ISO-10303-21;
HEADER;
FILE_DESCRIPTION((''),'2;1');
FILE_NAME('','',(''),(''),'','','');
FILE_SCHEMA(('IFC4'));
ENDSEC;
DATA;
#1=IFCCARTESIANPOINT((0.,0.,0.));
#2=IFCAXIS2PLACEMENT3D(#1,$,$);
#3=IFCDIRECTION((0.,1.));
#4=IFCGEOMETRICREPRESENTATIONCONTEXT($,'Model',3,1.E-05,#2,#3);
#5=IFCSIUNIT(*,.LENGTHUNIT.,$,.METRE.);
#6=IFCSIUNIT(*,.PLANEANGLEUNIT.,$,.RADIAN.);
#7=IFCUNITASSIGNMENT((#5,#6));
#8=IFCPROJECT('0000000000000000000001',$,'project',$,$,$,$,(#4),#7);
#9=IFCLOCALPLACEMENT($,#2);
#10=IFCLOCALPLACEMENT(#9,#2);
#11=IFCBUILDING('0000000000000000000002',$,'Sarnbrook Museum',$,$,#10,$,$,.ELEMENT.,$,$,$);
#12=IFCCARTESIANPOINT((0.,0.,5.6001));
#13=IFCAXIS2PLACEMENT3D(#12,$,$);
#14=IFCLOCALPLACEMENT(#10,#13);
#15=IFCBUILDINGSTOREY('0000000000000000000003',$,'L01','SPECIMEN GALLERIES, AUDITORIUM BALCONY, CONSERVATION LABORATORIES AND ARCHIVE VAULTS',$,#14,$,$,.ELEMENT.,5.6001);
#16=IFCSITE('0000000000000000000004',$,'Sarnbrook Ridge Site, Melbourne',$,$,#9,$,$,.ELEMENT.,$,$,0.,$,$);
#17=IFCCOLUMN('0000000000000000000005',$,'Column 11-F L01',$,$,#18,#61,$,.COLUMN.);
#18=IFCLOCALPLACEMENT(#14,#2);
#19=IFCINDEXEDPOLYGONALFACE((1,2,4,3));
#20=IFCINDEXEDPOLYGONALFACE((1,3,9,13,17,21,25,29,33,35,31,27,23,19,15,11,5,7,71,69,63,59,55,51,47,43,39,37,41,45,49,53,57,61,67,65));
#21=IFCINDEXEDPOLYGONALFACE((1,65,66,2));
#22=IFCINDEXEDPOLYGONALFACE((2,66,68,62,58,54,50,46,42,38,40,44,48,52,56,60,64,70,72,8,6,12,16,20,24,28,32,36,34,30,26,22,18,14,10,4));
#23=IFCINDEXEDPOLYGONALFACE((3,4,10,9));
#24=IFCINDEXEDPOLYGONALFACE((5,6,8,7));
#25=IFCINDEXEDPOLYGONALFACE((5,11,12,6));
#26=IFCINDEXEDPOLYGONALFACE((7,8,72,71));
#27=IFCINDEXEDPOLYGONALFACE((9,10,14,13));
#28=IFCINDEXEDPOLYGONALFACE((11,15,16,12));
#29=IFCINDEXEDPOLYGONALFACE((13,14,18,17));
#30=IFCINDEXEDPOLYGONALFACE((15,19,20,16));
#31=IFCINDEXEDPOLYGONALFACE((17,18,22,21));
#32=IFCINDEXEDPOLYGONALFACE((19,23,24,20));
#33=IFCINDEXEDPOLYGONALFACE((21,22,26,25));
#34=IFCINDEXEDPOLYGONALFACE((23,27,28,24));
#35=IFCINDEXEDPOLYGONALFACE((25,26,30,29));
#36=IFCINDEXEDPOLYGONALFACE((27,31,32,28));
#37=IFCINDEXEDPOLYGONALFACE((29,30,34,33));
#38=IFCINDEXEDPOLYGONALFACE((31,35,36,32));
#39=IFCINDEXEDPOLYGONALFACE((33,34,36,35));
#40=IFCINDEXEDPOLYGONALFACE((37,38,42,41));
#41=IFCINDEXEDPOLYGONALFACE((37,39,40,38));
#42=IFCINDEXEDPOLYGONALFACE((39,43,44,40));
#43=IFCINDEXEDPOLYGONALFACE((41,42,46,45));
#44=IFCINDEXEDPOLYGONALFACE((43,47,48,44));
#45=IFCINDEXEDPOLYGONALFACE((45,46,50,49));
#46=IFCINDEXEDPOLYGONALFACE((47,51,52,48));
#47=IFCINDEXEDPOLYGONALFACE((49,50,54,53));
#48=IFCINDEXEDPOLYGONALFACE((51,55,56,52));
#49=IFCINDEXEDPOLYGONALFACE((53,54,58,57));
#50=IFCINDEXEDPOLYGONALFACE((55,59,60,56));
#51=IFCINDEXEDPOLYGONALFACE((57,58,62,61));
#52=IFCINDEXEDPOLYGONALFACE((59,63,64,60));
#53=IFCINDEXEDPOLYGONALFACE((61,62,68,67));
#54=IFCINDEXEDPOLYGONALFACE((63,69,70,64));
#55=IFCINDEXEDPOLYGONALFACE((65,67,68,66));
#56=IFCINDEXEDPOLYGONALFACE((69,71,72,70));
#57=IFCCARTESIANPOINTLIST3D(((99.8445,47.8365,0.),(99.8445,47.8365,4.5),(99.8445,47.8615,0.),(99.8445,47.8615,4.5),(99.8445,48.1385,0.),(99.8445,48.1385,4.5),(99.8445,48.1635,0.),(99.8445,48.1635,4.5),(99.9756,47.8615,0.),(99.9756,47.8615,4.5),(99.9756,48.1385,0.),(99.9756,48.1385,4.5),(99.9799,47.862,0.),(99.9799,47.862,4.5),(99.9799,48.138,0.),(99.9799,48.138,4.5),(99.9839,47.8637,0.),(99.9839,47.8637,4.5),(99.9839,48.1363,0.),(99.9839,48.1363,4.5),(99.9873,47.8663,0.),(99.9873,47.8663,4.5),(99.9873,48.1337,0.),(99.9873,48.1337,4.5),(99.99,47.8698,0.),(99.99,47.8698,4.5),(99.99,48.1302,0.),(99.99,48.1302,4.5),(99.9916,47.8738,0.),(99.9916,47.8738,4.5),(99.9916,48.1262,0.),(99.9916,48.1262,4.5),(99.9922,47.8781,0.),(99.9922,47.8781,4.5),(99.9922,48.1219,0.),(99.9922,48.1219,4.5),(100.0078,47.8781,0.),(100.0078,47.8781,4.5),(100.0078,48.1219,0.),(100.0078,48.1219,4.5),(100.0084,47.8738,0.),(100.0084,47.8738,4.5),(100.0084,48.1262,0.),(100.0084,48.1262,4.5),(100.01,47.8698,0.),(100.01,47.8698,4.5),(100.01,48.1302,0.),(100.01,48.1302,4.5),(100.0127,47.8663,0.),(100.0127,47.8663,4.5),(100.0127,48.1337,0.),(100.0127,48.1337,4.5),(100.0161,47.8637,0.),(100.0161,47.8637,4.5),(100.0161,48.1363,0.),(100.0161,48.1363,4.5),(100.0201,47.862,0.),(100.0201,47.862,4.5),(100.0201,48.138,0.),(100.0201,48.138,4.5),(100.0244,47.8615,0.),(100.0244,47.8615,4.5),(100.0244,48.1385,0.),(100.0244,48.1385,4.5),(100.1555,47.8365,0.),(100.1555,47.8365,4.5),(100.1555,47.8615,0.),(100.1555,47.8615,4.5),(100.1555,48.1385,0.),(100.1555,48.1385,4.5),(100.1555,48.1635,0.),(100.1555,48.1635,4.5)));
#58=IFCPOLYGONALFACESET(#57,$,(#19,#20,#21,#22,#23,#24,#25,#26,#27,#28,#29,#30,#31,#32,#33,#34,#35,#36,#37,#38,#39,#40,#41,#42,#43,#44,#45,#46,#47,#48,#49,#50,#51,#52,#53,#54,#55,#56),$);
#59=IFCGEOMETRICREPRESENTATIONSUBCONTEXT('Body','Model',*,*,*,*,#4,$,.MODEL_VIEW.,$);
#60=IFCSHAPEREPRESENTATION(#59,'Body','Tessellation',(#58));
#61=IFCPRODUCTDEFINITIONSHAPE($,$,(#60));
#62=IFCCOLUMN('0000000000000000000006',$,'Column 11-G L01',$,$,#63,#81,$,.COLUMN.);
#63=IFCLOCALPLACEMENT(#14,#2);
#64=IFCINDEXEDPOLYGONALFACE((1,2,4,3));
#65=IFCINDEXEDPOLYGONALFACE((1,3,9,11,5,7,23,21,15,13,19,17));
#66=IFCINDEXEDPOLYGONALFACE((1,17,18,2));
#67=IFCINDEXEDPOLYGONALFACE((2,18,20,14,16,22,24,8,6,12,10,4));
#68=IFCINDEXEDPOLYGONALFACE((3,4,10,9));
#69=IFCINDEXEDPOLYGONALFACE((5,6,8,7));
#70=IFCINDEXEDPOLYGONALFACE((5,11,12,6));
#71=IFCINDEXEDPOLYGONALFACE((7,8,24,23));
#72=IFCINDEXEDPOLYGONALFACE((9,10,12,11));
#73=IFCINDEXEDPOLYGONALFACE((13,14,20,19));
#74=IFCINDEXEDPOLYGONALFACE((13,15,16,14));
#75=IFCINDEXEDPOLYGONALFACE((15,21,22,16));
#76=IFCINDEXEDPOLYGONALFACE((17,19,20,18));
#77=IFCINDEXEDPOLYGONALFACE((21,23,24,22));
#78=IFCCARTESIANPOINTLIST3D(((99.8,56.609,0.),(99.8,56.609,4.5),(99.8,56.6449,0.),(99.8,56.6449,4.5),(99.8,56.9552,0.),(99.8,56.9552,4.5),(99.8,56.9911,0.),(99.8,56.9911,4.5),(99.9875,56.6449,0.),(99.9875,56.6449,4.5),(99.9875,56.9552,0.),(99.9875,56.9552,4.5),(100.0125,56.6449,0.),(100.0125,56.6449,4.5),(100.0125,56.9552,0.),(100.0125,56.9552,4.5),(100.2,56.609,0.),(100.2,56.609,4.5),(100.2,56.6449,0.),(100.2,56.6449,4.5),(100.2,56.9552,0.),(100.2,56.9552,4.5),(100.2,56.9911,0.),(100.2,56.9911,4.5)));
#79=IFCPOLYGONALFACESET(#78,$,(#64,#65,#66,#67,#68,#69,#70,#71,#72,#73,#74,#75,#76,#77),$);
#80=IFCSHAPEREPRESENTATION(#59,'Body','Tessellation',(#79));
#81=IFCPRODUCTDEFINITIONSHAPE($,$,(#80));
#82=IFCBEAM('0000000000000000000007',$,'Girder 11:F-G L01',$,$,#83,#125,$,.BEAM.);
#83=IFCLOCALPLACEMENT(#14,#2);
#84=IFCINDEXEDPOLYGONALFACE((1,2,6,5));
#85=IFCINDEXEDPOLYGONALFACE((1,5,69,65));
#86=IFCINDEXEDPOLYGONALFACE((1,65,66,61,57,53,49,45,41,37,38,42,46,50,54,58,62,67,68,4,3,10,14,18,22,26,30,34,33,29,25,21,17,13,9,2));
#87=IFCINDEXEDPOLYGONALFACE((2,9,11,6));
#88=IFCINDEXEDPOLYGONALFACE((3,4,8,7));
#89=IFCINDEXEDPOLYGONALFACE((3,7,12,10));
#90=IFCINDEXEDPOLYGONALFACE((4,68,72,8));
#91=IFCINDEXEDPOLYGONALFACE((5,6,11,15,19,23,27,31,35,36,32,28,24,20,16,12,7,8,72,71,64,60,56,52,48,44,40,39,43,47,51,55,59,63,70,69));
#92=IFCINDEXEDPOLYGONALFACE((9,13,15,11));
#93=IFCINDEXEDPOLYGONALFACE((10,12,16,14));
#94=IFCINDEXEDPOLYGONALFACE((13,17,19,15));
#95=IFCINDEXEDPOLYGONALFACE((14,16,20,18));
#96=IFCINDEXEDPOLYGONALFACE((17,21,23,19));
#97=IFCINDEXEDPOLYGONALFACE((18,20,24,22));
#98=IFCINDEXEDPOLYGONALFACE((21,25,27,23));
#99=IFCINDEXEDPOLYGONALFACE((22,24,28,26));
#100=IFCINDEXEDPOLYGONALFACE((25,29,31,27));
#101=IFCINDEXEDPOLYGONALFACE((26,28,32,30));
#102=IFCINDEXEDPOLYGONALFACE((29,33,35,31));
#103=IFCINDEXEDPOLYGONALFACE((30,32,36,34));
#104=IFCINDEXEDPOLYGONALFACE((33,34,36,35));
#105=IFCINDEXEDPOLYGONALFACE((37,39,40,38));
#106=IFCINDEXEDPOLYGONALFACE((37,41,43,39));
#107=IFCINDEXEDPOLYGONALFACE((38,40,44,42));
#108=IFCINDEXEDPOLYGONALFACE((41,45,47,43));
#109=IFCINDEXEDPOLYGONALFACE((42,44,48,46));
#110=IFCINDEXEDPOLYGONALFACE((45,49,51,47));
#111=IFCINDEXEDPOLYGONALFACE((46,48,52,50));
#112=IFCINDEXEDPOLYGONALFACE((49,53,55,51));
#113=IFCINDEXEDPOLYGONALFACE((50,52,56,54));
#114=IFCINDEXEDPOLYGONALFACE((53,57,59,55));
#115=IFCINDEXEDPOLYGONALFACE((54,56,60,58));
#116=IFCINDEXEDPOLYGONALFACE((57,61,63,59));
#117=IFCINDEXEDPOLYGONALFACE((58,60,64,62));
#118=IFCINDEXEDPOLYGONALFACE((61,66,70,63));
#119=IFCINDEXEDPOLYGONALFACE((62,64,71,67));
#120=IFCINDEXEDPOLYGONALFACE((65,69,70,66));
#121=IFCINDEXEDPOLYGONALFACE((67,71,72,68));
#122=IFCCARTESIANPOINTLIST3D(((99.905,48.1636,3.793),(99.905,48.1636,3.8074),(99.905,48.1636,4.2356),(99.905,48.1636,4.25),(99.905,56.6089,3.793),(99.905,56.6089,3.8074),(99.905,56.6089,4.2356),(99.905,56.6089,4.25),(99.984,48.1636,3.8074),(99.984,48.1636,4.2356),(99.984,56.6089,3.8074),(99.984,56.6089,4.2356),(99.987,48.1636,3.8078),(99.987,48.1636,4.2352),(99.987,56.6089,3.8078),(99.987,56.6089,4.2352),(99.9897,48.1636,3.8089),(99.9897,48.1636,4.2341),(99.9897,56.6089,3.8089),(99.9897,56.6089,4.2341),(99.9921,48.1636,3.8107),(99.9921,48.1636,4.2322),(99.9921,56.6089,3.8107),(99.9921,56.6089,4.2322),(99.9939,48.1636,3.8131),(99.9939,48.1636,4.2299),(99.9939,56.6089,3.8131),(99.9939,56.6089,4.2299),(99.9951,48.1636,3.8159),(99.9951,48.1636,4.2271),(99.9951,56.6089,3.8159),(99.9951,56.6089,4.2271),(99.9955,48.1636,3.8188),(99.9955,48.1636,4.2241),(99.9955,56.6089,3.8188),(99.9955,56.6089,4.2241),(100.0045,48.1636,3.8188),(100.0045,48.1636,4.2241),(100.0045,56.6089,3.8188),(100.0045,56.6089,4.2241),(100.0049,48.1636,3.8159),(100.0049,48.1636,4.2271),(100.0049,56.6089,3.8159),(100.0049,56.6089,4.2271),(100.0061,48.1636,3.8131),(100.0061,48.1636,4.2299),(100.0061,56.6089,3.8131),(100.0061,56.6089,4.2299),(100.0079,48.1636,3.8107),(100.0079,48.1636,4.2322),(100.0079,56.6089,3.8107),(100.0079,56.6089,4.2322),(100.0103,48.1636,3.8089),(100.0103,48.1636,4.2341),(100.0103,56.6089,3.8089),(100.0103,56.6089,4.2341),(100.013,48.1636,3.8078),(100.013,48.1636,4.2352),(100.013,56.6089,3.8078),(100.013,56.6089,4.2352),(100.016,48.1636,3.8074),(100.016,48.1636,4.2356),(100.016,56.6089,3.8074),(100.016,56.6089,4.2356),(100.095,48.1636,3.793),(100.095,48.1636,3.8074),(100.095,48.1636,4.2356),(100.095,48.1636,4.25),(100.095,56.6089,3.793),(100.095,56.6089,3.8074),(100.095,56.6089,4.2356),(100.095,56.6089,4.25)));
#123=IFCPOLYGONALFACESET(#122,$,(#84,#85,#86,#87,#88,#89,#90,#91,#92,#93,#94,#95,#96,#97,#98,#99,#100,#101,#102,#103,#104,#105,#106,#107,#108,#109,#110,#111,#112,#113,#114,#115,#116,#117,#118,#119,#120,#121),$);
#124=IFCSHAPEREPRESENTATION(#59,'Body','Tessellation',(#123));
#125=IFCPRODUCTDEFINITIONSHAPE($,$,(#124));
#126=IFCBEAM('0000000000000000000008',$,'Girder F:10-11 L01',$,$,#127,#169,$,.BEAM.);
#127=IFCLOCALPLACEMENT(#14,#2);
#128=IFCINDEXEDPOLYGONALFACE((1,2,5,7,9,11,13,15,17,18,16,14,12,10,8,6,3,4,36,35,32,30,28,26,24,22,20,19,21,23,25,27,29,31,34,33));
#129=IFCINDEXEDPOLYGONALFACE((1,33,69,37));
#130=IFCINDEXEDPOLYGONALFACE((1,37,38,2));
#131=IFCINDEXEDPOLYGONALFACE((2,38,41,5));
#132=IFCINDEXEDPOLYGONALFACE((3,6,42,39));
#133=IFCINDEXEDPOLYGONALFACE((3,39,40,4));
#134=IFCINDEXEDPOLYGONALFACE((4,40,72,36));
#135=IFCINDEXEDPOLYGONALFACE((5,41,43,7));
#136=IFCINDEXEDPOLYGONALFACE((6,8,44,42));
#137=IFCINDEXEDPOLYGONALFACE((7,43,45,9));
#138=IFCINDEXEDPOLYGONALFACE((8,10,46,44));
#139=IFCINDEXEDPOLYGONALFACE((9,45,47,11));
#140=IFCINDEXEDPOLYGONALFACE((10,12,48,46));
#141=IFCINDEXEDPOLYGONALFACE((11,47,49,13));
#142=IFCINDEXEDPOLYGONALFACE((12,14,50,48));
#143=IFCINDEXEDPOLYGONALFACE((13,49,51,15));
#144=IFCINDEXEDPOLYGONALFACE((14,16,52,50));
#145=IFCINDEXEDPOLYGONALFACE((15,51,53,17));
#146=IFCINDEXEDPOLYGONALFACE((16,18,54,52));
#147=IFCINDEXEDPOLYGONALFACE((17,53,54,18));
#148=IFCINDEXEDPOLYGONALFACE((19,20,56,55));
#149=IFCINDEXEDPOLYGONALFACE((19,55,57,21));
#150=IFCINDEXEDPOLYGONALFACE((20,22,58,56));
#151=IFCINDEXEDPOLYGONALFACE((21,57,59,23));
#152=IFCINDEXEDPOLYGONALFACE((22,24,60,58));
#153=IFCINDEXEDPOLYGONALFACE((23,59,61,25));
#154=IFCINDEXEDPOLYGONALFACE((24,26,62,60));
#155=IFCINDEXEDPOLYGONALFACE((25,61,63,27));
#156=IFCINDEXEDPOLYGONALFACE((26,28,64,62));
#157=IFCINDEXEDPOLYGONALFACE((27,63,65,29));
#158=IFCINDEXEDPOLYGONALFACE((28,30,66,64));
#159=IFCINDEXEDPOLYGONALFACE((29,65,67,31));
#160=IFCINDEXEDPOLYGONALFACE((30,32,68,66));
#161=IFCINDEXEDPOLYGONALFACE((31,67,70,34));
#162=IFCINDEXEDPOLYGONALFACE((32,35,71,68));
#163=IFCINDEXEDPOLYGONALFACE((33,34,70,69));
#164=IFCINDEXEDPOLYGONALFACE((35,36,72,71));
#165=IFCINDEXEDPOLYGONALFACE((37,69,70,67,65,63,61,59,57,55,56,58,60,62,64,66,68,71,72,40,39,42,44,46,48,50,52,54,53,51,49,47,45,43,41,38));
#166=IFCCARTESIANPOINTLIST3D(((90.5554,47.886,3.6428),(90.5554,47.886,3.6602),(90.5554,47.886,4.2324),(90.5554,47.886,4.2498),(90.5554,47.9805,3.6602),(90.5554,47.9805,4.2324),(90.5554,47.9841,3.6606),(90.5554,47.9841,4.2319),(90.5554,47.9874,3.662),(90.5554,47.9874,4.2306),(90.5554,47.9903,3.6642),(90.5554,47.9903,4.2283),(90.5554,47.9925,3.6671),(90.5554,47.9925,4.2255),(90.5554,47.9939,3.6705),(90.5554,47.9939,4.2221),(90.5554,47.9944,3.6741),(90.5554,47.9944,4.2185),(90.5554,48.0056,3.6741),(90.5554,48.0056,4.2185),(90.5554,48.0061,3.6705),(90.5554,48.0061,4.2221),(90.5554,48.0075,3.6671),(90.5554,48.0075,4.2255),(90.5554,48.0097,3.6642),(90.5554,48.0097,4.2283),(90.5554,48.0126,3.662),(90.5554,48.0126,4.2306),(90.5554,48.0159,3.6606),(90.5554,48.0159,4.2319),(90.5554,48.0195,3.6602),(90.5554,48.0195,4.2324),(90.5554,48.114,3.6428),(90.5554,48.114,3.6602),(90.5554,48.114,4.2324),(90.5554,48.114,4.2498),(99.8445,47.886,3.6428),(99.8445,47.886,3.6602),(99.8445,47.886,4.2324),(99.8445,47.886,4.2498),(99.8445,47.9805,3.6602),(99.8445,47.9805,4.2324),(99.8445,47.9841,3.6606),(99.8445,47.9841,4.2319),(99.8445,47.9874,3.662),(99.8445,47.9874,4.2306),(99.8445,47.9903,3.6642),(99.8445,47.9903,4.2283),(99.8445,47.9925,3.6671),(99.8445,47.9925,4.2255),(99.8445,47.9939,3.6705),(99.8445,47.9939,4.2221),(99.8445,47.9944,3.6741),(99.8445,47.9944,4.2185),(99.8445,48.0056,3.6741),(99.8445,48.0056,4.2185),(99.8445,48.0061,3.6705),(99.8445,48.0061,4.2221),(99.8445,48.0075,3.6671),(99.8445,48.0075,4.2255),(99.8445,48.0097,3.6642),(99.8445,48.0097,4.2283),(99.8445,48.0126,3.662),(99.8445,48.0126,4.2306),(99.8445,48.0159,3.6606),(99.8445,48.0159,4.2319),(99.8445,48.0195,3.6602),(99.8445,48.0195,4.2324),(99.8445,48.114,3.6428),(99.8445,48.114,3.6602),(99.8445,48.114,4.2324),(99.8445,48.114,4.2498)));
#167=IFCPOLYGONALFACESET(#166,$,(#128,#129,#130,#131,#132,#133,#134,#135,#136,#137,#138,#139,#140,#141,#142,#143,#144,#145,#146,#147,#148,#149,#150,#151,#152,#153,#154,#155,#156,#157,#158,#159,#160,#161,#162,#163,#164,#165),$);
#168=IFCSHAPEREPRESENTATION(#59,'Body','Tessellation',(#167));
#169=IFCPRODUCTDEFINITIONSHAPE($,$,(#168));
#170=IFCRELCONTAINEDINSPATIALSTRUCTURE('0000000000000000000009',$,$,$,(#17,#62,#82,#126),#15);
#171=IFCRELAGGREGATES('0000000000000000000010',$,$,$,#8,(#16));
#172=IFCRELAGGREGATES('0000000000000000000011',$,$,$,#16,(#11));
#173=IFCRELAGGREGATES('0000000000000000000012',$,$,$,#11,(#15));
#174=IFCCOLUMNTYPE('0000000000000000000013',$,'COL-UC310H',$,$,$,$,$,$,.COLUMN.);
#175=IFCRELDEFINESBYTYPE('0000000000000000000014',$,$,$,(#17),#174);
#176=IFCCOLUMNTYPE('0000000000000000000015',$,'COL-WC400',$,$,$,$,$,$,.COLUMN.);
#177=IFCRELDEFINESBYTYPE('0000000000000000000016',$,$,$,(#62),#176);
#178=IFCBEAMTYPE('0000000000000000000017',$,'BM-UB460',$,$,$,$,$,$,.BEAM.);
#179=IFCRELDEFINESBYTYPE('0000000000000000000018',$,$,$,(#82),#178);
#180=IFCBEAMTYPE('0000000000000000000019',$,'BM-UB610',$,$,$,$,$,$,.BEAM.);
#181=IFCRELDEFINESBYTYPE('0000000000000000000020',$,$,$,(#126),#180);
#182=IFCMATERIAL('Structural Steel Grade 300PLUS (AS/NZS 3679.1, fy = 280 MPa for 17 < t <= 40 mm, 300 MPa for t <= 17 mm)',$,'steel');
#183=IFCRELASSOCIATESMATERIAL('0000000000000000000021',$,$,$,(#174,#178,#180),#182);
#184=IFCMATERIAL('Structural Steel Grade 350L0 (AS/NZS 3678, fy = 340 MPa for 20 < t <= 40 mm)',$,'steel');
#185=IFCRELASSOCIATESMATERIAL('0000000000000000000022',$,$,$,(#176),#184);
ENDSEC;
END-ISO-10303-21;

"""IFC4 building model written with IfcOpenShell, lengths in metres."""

from ifc_helpers import new_model, si_unit, direction, frame, origin, origin_2d, place, context, subcontext, project, spatial, i_section, extrude, material, material_profile, profile_set, type_object, element, save


model = new_model("IFC4")

# Units and contexts
model_context = context("Model", 3, precision=1e-05, world=origin(), true_north=direction((0.0, 1.0)))
body_context = subcontext(model_context, "Body", "Model", "MODEL_VIEW")
ifc_project = project(units=[si_unit("LENGTHUNIT", "METRE"), si_unit("PLANEANGLEUNIT", "RADIAN")], contexts=[model_context])

# Site, building, storey
site_placement = place(None, origin())
site = spatial("IfcSite", under=ifc_project, at=site_placement, Name="Sarnbrook Ridge Site, Melbourne", CompositionType="ELEMENT", RefElevation=0.0)
building_placement = place(site_placement, origin())
building = spatial("IfcBuilding", under=site, at=building_placement, Name="Sarnbrook Museum", CompositionType="ELEMENT")
storey_placement = place(building_placement, frame((0.0, 0.0, 5.6001)))
storey = spatial("IfcBuildingStorey", under=building, at=storey_placement, Name="L01", Description="SPECIMEN GALLERIES, AUDITORIUM BALCONY, CONSERVATION LABORATORIES AND ARCHIVE VAULTS", CompositionType="ELEMENT", Elevation=5.6001)

# Columns
ifc_material_1 = material(Name="Structural Steel Grade 300PLUS (AS/NZS 3679.1, fy = 280 MPa for 17 < t <= 40 mm, 300 MPa for t <= 17 mm)", Category="steel")
ifc_material_profile_1 = material_profile(ifc_material_1, i_section(OverallWidth=0.311, OverallDepth=0.3269, WebThickness=0.0156, FlangeThickness=0.0249, FilletRadius=0.0166, at=origin_2d()), Name="310UC158")
ifc_profile_set_1 = profile_set([ifc_material_profile_1], Name="Structural Steel Grade 300PLUS (AS/NZS 3679.1, fy = 280 MPa for 17 < t <= 40 mm, 300 MPa for t <= 17 mm)")
column_type_1 = type_object("IfcColumnType", Name="COL-UC310H", PredefinedType="COLUMN", material=ifc_profile_set_1)
column_1_placement = place(storey_placement, frame((100.0, 48.0, 0.0), z_axis=(0.0, 0.0, 1.0), x_axis=(1.0, 0.0, 0.0)))
element("IfcColumn", 1, at=column_1_placement, inside=storey, type_object=column_type_1, Name="Column 11-F L01", PredefinedType="COLUMN", context=body_context, shape_type="SweptSolid", body=[
    extrude(i_section(OverallWidth=0.311, OverallDepth=0.3269, WebThickness=0.0156, FlangeThickness=0.0249, FilletRadius=0.0166, at=origin_2d()), origin(), (0.0, 0.0, 1.0), 4.5),
])
ifc_material_2 = material(Name="Structural Steel Grade 350L0 (AS/NZS 3678, fy = 340 MPa for 20 < t <= 40 mm)", Category="steel")
ifc_material_profile_2 = material_profile(ifc_material_2, i_section(OverallWidth=0.3999, OverallDepth=0.3821, WebThickness=0.0249, FlangeThickness=0.0359, at=origin_2d()), Name="400WC270")
ifc_profile_set_2 = profile_set([ifc_material_profile_2], Name="Structural Steel Grade 350L0 (AS/NZS 3678, fy = 340 MPa for 20 < t <= 40 mm)")
column_type_2 = type_object("IfcColumnType", Name="COL-WC400", PredefinedType="COLUMN", material=ifc_profile_set_2)
column_2_placement = place(storey_placement, frame((100.0, 56.8, 0.0), z_axis=(0.0, 0.0, 1.0), x_axis=(1.0, 0.0, 0.0)))
element("IfcColumn", 2, at=column_2_placement, inside=storey, type_object=column_type_2, Name="Column 11-G L01", PredefinedType="COLUMN", context=body_context, shape_type="SweptSolid", body=[
    extrude(i_section(OverallWidth=0.3999, OverallDepth=0.3821, WebThickness=0.0249, FlangeThickness=0.0359, at=origin_2d()), origin(), (0.0, 0.0, 1.0), 4.5),
])

# Beams
ifc_material_profile_3 = material_profile(ifc_material_1, i_section(OverallWidth=0.1899, OverallDepth=0.457, WebThickness=0.009, FlangeThickness=0.0144, FilletRadius=0.0115, at=origin_2d()), Name="460UB74.6")
ifc_profile_set_3 = profile_set([ifc_material_profile_3], Name="Structural Steel Grade 300PLUS (AS/NZS 3679.1, fy = 280 MPa for 17 < t <= 40 mm, 300 MPa for t <= 17 mm)")
beam_type_1 = type_object("IfcBeamType", Name="BM-UB460", PredefinedType="BEAM", material=ifc_profile_set_3)
beam_placement = place(storey_placement, frame((100.0, 48.1636, 4.0215), z_axis=(0.0, 1.0, 0.0), x_axis=(-1.0, 0.0, 0.0)))
element("IfcBeam", 3, at=beam_placement, inside=storey, type_object=beam_type_1, Name="Girder 11:F-G L01", PredefinedType="BEAM", context=body_context, shape_type="SweptSolid", body=[
    extrude(i_section(OverallWidth=0.1899, OverallDepth=0.457, WebThickness=0.009, FlangeThickness=0.0144, FilletRadius=0.0115, at=origin_2d()), origin(), (0.0, 0.0, 1.0), 8.4453),
])
ifc_material_profile_4 = material_profile(ifc_material_1, i_section(OverallWidth=0.228, OverallDepth=0.6069, WebThickness=0.0112, FlangeThickness=0.0173, FilletRadius=0.0139, at=origin_2d()), Name="610UB113")
ifc_profile_set_4 = profile_set([ifc_material_profile_4], Name="Structural Steel Grade 300PLUS (AS/NZS 3679.1, fy = 280 MPa for 17 < t <= 40 mm, 300 MPa for t <= 17 mm)")
beam_type_2 = type_object("IfcBeamType", Name="BM-UB610", PredefinedType="BEAM", material=ifc_profile_set_4)
for number, where, z_axis, x_axis, name in (
    (4, (90.5554, 48.0, 3.9463), (1.0, 0.0, 0.0), (0.0, 1.0, 0.0), "Girder F:10-11 L01"),
):
    element("IfcBeam", number, at=place(storey_placement, frame(where, z_axis=z_axis, x_axis=x_axis)), inside=storey, type_object=beam_type_2, Name=name, PredefinedType="BEAM", context=body_context, shape_type="SweptSolid", body=[
        extrude(i_section(OverallWidth=0.228, OverallDepth=0.6069, WebThickness=0.0112, FlangeThickness=0.0173, FilletRadius=0.0139, at=origin_2d()), origin(), (0.0, 0.0, 1.0), 9.2891),
    ])

save(model, "model.ifc")
